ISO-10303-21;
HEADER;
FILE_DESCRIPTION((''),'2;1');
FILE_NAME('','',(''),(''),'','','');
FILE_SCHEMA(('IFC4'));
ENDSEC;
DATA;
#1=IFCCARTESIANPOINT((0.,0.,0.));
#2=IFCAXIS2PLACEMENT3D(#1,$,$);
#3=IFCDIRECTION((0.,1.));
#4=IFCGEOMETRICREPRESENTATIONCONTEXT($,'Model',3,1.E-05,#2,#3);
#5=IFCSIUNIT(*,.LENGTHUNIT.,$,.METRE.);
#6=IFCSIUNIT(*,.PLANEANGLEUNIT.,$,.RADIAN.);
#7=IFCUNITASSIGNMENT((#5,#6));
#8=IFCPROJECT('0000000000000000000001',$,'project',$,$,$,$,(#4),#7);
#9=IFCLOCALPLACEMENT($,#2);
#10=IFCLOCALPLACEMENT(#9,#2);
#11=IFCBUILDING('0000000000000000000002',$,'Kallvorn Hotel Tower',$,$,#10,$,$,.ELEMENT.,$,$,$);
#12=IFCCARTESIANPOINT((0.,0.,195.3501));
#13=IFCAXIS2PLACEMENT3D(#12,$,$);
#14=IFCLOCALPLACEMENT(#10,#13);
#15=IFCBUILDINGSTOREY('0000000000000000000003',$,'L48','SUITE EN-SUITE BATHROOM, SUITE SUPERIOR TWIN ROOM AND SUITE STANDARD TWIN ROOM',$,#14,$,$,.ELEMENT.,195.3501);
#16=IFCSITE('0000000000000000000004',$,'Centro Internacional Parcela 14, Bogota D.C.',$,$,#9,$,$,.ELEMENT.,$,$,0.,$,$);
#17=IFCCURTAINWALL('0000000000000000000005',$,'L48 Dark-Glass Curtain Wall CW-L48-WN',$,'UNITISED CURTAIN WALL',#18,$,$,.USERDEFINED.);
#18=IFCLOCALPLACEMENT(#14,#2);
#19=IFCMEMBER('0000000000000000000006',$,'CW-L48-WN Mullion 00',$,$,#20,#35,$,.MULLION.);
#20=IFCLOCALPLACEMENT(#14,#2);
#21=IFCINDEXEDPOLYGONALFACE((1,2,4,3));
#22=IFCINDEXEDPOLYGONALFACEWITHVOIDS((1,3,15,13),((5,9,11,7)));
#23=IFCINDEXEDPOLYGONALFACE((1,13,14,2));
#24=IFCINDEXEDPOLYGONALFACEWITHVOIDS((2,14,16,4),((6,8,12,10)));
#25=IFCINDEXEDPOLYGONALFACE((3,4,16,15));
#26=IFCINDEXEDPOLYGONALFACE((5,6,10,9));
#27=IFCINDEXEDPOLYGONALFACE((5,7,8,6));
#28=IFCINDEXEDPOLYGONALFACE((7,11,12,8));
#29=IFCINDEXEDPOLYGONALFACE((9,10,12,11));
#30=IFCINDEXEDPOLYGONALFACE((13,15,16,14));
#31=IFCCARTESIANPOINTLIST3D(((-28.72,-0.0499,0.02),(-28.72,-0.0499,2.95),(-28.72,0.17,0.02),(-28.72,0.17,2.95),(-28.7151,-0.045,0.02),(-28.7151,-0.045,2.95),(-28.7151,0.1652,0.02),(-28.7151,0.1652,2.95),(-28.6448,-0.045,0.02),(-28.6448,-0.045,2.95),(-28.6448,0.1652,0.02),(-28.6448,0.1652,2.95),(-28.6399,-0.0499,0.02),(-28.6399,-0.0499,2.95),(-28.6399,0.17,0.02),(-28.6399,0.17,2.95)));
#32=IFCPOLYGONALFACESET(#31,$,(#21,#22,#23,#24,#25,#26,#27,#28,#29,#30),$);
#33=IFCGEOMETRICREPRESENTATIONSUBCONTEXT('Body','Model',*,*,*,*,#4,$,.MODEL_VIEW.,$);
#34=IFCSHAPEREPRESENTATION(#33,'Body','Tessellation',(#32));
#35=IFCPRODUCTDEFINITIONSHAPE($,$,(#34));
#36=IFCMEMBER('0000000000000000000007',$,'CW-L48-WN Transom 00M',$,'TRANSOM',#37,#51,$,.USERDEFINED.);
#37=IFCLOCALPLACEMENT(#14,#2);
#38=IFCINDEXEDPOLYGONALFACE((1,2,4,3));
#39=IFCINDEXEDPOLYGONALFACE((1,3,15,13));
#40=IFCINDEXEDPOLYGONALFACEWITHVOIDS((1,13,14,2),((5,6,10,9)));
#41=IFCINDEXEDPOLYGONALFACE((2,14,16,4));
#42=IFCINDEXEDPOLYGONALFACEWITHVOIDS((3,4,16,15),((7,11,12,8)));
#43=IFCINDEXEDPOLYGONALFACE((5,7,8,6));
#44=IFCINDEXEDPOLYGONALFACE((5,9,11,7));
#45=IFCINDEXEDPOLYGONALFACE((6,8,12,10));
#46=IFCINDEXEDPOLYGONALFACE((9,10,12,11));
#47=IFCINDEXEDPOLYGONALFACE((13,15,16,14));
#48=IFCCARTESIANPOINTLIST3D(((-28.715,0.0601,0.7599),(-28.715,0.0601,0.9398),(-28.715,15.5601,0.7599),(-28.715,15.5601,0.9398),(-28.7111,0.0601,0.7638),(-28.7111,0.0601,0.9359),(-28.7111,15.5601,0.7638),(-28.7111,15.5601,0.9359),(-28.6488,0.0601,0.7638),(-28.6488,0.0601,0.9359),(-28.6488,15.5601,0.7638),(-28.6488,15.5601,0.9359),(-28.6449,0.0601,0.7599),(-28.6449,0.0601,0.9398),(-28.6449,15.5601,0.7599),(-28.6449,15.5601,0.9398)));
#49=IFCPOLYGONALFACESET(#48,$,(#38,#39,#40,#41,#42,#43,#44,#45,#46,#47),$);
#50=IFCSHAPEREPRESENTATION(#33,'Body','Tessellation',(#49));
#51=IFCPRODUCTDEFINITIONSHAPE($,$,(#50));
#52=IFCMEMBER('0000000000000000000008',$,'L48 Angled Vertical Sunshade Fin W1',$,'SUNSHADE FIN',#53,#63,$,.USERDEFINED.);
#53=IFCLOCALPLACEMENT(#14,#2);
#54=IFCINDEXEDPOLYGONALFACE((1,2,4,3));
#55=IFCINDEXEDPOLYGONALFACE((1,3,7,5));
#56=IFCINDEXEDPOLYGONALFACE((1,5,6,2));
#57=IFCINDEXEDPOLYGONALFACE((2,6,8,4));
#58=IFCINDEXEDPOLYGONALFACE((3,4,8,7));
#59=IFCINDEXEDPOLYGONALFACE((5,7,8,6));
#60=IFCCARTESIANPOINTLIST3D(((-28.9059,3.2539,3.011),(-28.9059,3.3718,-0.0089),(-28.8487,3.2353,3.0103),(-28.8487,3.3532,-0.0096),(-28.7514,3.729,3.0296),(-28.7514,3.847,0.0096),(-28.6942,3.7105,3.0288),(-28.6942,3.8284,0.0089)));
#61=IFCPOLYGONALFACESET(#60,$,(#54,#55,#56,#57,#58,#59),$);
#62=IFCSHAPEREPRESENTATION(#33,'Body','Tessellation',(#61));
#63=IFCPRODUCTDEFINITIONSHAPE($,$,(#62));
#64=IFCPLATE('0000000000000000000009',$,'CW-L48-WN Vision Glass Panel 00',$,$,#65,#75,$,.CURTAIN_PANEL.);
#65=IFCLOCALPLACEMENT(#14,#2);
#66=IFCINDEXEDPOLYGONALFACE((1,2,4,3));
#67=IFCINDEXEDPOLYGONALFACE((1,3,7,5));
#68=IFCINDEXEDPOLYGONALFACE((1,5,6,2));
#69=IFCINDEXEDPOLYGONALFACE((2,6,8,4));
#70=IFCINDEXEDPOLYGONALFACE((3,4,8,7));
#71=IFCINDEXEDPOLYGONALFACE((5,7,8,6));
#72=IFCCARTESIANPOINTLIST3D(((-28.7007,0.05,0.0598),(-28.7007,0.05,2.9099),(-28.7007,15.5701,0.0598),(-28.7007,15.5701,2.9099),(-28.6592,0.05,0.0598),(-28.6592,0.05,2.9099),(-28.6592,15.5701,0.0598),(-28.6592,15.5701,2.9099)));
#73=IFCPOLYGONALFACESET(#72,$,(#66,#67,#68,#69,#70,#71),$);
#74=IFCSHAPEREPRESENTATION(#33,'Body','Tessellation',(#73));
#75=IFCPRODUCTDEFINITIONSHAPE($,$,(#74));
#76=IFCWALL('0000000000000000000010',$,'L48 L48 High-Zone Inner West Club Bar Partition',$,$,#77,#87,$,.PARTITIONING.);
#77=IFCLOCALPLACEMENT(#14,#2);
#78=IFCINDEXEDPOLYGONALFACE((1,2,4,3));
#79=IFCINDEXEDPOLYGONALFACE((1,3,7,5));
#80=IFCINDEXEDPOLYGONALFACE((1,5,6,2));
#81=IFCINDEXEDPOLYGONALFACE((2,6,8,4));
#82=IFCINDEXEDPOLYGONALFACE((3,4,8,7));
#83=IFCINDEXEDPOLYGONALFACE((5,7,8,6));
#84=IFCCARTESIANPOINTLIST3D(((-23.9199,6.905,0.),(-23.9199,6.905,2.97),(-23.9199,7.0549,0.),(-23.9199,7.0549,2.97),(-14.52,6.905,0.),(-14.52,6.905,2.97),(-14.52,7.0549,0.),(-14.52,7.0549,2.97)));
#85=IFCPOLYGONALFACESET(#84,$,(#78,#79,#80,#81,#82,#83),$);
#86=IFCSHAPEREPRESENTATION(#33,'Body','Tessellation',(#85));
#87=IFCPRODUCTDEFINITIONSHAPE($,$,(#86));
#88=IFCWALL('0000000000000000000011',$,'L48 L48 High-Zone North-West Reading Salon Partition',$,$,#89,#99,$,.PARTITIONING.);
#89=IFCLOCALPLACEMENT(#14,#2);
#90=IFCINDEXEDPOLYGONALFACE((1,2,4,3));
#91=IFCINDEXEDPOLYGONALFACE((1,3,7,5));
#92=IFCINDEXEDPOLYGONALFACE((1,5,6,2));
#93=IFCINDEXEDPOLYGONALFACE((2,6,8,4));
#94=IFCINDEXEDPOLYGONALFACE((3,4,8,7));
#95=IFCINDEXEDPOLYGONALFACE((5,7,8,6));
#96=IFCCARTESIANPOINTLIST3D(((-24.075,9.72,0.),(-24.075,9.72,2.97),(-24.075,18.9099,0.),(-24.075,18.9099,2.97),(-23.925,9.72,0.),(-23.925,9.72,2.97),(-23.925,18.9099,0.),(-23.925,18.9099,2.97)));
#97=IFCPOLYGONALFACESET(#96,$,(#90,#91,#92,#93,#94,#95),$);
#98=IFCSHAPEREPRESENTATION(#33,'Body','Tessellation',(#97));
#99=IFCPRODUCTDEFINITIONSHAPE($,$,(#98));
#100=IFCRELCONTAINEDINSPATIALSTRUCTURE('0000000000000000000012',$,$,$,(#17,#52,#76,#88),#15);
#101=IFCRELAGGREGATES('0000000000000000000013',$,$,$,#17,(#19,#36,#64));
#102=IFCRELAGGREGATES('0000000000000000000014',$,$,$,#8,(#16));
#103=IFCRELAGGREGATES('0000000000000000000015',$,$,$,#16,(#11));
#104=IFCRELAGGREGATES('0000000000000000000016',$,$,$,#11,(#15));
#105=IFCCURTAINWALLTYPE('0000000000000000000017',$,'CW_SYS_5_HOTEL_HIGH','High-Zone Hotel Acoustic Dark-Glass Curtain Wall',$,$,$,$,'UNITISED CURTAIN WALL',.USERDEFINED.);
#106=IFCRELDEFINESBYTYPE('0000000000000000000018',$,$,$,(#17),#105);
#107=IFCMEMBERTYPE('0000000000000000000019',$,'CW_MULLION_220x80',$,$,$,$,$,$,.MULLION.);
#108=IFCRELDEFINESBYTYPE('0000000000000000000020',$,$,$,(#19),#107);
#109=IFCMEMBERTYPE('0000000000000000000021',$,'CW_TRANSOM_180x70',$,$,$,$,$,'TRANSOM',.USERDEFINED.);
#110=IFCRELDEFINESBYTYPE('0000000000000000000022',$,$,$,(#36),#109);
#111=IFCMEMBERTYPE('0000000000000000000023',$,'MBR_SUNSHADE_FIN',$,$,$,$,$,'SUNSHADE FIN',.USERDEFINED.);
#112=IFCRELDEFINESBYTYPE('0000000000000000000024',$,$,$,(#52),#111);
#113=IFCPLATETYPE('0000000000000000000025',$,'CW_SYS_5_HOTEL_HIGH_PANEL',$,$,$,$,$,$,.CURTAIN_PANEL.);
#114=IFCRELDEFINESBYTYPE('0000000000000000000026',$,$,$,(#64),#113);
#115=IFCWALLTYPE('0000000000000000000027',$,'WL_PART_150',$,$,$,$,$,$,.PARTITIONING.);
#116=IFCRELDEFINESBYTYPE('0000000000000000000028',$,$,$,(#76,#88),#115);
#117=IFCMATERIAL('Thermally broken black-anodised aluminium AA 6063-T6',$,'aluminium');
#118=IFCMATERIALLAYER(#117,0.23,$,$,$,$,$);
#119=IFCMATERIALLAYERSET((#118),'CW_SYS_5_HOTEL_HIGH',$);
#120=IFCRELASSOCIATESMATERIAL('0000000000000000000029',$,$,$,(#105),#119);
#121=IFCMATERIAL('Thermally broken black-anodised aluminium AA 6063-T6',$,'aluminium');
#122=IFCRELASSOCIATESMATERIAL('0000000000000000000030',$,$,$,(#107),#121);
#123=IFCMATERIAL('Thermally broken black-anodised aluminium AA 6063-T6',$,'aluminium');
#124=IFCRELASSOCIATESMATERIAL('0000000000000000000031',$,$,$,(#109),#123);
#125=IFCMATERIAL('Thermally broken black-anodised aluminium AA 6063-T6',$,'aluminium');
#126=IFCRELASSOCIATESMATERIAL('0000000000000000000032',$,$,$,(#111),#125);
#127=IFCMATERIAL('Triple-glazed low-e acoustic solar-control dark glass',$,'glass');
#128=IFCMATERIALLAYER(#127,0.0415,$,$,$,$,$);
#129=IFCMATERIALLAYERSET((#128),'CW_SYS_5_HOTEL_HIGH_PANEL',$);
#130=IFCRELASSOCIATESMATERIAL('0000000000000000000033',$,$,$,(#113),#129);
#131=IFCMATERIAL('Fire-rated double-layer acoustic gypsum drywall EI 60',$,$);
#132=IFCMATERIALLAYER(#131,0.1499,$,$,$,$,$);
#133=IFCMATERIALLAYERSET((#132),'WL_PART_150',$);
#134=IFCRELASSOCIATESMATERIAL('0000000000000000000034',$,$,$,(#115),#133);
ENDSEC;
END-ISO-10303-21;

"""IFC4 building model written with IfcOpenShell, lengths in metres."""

from ifc_helpers import new_model, si_unit, direction, frame, frame_2d, origin, origin_2d, place, context, subcontext, project, spatial, rectangle, hollow_rectangle, extrude, material, layer, layer_set, material_profile, profile_set, type_object, element, aggregate, save


model = new_model("IFC4")

# Units and contexts
model_context = context("Model", 3, precision=1e-05, world=origin(), true_north=direction((0.0, 1.0)))
body_context = subcontext(model_context, "Body", "Model", "MODEL_VIEW")
ifc_project = project(units=[si_unit("LENGTHUNIT", "METRE"), si_unit("PLANEANGLEUNIT", "RADIAN")], contexts=[model_context])

# Site, building, storey
site_placement = place(None, origin())
site = spatial("IfcSite", under=ifc_project, at=site_placement, Name="Centro Internacional Parcela 14, Bogota D.C.", CompositionType="ELEMENT", RefElevation=0.0)
building_placement = place(site_placement, origin())
building = spatial("IfcBuilding", under=site, at=building_placement, Name="Kallvorn Hotel Tower", CompositionType="ELEMENT")
storey_placement = place(building_placement, frame((0.0, 0.0, 195.3501)))
storey = spatial("IfcBuildingStorey", under=building, at=storey_placement, Name="L48", Description="SUITE EN-SUITE BATHROOM, SUITE SUPERIOR TWIN ROOM AND SUITE STANDARD TWIN ROOM", CompositionType="ELEMENT", Elevation=195.3501)

# Curtain wall, members
ifc_material_1 = material(Name="Thermally broken black-anodised aluminium AA 6063-T6", Category="aluminium")
ifc_layer_1 = layer(ifc_material_1, 0.23)
ifc_layer_set_1 = layer_set([ifc_layer_1], Name="CW_SYS_5_HOTEL_HIGH")
curtain_wall_type = type_object("IfcCurtainWallType", Name="CW_SYS_5_HOTEL_HIGH", Description="High-Zone Hotel Acoustic Dark-Glass Curtain Wall", ElementType="UNITISED CURTAIN WALL", PredefinedType="USERDEFINED", material=ifc_layer_set_1)
curtain_wall_placement = place(storey_placement, origin())
curtain_wall = element("IfcCurtainWall", 1, at=curtain_wall_placement, inside=storey, type_object=curtain_wall_type, Name="L48 Dark-Glass Curtain Wall CW-L48-WN", ObjectType="UNITISED CURTAIN WALL", PredefinedType="USERDEFINED")
ifc_material_2 = material(Name="Thermally broken black-anodised aluminium AA 6063-T6", Category="aluminium")
ifc_material_profile_1 = material_profile(ifc_material_2, hollow_rectangle(XDim=0.0801, YDim=0.22, WallThickness=0.0049, at=origin_2d()), Name="MUL 220x80")
ifc_profile_set_1 = profile_set([ifc_material_profile_1], Name="Thermally broken black-anodised aluminium AA 6063-T6")
member_type_1 = type_object("IfcMemberType", Name="CW_MULLION_220x80", PredefinedType="MULLION", material=ifc_profile_set_1)
member_1_placement = place(storey_placement, frame((-28.6799, 0.0601, 0.02), z_axis=(0.0, 0.0, 1.0), x_axis=(1.0, 0.0, 0.0)))
member_1 = element("IfcMember", 2, at=member_1_placement, type_object=member_type_1, Name="CW-L48-WN Mullion 00", PredefinedType="MULLION", context=body_context, shape_type="SweptSolid", body=[
    extrude(hollow_rectangle(XDim=0.0801, YDim=0.22, WallThickness=0.0049, at=origin_2d()), origin(), (0.0, 0.0, 1.0), 2.9299),
])
ifc_material_3 = material(Name="Thermally broken black-anodised aluminium AA 6063-T6", Category="aluminium")
ifc_material_profile_2 = material_profile(ifc_material_3, hollow_rectangle(XDim=0.0701, YDim=0.1799, WallThickness=0.0039, at=origin_2d()), Name="TRN 180x70")
ifc_profile_set_2 = profile_set([ifc_material_profile_2], Name="Thermally broken black-anodised aluminium AA 6063-T6")
member_type_2 = type_object("IfcMemberType", Name="CW_TRANSOM_180x70", ElementType="TRANSOM", PredefinedType="USERDEFINED", material=ifc_profile_set_2)
member_2_placement = place(storey_placement, frame((-28.6799, 0.0601, 0.8499), z_axis=(0.0, 1.0, 0.0), x_axis=(-1.0, 0.0, 0.0)))
member_2 = element("IfcMember", 3, at=member_2_placement, type_object=member_type_2, Name="CW-L48-WN Transom 00M", ObjectType="TRANSOM", PredefinedType="USERDEFINED", context=body_context, shape_type="SweptSolid", body=[
    extrude(hollow_rectangle(XDim=0.0701, YDim=0.1799, WallThickness=0.0039, at=origin_2d()), origin(), (0.0, 0.0, 1.0), 15.5),
])

# Member
ifc_material_4 = material(Name="Thermally broken black-anodised aluminium AA 6063-T6", Category="aluminium")
ifc_material_profile_3 = material_profile(ifc_material_4, rectangle(XDim=0.0601, YDim=0.5, at=origin_2d()), Name="FIN 500x60")
ifc_profile_set_3 = profile_set([ifc_material_profile_3], Name="Thermally broken black-anodised aluminium AA 6063-T6")
member_type_3 = type_object("IfcMemberType", Name="MBR_SUNSHADE_FIN", ElementType="SUNSHADE FIN", PredefinedType="USERDEFINED", material=ifc_profile_set_3)
member_3_placement = place(storey_placement, frame((-28.8, 3.6001, 0.0), z_axis=(0.0, -0.039016, 0.999239), x_axis=(0.951057, -0.308782, -0.012057)))
element("IfcMember", 4, at=member_3_placement, inside=storey, type_object=member_type_3, Name="L48 Angled Vertical Sunshade Fin W1", ObjectType="SUNSHADE FIN", PredefinedType="USERDEFINED", context=body_context, shape_type="SweptSolid", body=[
    extrude(rectangle(XDim=0.0601, YDim=0.5, at=origin_2d()), origin(), (0.0, 0.0, 1.0), 3.0222),
])

# Plate
ifc_material_5 = material(Name="Triple-glazed low-e acoustic solar-control dark glass", Category="glass")
ifc_layer_2 = layer(ifc_material_5, 0.0415)
ifc_layer_set_2 = layer_set([ifc_layer_2], Name="CW_SYS_5_HOTEL_HIGH_PANEL")
plate_type = type_object("IfcPlateType", Name="CW_SYS_5_HOTEL_HIGH_PANEL", PredefinedType="CURTAIN_PANEL", material=ifc_layer_set_2)
plate_placement = place(storey_placement, frame((-28.6799, 7.8101, 0.0598), z_axis=(0.0, 0.0, 1.0), x_axis=(0.0, 1.0, 0.0)))
plate = element("IfcPlate", 5, at=plate_placement, type_object=plate_type, Name="CW-L48-WN Vision Glass Panel 00", PredefinedType="CURTAIN_PANEL", context=body_context, shape_type="SweptSolid", body=[
    extrude(rectangle(XDim=15.52, YDim=0.0415, at=origin_2d()), origin(), (0.0, 0.0, 1.0), 2.8501),
])
aggregate(curtain_wall, [member_1, member_2, plate])

# Walls
ifc_material_6 = material(Name="Fire-rated double-layer acoustic gypsum drywall EI 60")
ifc_layer_3 = layer(ifc_material_6, 0.1499)
ifc_layer_set_3 = layer_set([ifc_layer_3], Name="WL_PART_150")
wall_type = type_object("IfcWallType", Name="WL_PART_150", PredefinedType="PARTITIONING", material=ifc_layer_set_3)
wall_1_placement = place(storey_placement, frame((-23.9199, 6.98, 0.0), z_axis=(0.0, 0.0, 1.0), x_axis=(1.0, 0.0, 0.0)))
element("IfcWall", 6, at=wall_1_placement, inside=storey, type_object=wall_type, Name="L48 L48 High-Zone Inner West Club Bar Partition", PredefinedType="PARTITIONING", context=body_context, shape_type="SweptSolid", body=[
    extrude(rectangle(XDim=9.3999, YDim=0.1499, at=frame_2d((4.7, 0.0))), origin(), (0.0, 0.0, 1.0), 2.97),
])
wall_2_placement = place(storey_placement, frame((-24.0, 9.72, 0.0), z_axis=(0.0, 0.0, 1.0), x_axis=(0.0, 1.0, 0.0)))
element("IfcWall", 7, at=wall_2_placement, inside=storey, type_object=wall_type, Name="L48 L48 High-Zone North-West Reading Salon Partition", PredefinedType="PARTITIONING", context=body_context, shape_type="SweptSolid", body=[
    extrude(rectangle(XDim=9.1899, YDim=0.1499, at=frame_2d((4.595, 0.0))), origin(), (0.0, 0.0, 1.0), 2.97),
])

save(model, "model.ifc")
